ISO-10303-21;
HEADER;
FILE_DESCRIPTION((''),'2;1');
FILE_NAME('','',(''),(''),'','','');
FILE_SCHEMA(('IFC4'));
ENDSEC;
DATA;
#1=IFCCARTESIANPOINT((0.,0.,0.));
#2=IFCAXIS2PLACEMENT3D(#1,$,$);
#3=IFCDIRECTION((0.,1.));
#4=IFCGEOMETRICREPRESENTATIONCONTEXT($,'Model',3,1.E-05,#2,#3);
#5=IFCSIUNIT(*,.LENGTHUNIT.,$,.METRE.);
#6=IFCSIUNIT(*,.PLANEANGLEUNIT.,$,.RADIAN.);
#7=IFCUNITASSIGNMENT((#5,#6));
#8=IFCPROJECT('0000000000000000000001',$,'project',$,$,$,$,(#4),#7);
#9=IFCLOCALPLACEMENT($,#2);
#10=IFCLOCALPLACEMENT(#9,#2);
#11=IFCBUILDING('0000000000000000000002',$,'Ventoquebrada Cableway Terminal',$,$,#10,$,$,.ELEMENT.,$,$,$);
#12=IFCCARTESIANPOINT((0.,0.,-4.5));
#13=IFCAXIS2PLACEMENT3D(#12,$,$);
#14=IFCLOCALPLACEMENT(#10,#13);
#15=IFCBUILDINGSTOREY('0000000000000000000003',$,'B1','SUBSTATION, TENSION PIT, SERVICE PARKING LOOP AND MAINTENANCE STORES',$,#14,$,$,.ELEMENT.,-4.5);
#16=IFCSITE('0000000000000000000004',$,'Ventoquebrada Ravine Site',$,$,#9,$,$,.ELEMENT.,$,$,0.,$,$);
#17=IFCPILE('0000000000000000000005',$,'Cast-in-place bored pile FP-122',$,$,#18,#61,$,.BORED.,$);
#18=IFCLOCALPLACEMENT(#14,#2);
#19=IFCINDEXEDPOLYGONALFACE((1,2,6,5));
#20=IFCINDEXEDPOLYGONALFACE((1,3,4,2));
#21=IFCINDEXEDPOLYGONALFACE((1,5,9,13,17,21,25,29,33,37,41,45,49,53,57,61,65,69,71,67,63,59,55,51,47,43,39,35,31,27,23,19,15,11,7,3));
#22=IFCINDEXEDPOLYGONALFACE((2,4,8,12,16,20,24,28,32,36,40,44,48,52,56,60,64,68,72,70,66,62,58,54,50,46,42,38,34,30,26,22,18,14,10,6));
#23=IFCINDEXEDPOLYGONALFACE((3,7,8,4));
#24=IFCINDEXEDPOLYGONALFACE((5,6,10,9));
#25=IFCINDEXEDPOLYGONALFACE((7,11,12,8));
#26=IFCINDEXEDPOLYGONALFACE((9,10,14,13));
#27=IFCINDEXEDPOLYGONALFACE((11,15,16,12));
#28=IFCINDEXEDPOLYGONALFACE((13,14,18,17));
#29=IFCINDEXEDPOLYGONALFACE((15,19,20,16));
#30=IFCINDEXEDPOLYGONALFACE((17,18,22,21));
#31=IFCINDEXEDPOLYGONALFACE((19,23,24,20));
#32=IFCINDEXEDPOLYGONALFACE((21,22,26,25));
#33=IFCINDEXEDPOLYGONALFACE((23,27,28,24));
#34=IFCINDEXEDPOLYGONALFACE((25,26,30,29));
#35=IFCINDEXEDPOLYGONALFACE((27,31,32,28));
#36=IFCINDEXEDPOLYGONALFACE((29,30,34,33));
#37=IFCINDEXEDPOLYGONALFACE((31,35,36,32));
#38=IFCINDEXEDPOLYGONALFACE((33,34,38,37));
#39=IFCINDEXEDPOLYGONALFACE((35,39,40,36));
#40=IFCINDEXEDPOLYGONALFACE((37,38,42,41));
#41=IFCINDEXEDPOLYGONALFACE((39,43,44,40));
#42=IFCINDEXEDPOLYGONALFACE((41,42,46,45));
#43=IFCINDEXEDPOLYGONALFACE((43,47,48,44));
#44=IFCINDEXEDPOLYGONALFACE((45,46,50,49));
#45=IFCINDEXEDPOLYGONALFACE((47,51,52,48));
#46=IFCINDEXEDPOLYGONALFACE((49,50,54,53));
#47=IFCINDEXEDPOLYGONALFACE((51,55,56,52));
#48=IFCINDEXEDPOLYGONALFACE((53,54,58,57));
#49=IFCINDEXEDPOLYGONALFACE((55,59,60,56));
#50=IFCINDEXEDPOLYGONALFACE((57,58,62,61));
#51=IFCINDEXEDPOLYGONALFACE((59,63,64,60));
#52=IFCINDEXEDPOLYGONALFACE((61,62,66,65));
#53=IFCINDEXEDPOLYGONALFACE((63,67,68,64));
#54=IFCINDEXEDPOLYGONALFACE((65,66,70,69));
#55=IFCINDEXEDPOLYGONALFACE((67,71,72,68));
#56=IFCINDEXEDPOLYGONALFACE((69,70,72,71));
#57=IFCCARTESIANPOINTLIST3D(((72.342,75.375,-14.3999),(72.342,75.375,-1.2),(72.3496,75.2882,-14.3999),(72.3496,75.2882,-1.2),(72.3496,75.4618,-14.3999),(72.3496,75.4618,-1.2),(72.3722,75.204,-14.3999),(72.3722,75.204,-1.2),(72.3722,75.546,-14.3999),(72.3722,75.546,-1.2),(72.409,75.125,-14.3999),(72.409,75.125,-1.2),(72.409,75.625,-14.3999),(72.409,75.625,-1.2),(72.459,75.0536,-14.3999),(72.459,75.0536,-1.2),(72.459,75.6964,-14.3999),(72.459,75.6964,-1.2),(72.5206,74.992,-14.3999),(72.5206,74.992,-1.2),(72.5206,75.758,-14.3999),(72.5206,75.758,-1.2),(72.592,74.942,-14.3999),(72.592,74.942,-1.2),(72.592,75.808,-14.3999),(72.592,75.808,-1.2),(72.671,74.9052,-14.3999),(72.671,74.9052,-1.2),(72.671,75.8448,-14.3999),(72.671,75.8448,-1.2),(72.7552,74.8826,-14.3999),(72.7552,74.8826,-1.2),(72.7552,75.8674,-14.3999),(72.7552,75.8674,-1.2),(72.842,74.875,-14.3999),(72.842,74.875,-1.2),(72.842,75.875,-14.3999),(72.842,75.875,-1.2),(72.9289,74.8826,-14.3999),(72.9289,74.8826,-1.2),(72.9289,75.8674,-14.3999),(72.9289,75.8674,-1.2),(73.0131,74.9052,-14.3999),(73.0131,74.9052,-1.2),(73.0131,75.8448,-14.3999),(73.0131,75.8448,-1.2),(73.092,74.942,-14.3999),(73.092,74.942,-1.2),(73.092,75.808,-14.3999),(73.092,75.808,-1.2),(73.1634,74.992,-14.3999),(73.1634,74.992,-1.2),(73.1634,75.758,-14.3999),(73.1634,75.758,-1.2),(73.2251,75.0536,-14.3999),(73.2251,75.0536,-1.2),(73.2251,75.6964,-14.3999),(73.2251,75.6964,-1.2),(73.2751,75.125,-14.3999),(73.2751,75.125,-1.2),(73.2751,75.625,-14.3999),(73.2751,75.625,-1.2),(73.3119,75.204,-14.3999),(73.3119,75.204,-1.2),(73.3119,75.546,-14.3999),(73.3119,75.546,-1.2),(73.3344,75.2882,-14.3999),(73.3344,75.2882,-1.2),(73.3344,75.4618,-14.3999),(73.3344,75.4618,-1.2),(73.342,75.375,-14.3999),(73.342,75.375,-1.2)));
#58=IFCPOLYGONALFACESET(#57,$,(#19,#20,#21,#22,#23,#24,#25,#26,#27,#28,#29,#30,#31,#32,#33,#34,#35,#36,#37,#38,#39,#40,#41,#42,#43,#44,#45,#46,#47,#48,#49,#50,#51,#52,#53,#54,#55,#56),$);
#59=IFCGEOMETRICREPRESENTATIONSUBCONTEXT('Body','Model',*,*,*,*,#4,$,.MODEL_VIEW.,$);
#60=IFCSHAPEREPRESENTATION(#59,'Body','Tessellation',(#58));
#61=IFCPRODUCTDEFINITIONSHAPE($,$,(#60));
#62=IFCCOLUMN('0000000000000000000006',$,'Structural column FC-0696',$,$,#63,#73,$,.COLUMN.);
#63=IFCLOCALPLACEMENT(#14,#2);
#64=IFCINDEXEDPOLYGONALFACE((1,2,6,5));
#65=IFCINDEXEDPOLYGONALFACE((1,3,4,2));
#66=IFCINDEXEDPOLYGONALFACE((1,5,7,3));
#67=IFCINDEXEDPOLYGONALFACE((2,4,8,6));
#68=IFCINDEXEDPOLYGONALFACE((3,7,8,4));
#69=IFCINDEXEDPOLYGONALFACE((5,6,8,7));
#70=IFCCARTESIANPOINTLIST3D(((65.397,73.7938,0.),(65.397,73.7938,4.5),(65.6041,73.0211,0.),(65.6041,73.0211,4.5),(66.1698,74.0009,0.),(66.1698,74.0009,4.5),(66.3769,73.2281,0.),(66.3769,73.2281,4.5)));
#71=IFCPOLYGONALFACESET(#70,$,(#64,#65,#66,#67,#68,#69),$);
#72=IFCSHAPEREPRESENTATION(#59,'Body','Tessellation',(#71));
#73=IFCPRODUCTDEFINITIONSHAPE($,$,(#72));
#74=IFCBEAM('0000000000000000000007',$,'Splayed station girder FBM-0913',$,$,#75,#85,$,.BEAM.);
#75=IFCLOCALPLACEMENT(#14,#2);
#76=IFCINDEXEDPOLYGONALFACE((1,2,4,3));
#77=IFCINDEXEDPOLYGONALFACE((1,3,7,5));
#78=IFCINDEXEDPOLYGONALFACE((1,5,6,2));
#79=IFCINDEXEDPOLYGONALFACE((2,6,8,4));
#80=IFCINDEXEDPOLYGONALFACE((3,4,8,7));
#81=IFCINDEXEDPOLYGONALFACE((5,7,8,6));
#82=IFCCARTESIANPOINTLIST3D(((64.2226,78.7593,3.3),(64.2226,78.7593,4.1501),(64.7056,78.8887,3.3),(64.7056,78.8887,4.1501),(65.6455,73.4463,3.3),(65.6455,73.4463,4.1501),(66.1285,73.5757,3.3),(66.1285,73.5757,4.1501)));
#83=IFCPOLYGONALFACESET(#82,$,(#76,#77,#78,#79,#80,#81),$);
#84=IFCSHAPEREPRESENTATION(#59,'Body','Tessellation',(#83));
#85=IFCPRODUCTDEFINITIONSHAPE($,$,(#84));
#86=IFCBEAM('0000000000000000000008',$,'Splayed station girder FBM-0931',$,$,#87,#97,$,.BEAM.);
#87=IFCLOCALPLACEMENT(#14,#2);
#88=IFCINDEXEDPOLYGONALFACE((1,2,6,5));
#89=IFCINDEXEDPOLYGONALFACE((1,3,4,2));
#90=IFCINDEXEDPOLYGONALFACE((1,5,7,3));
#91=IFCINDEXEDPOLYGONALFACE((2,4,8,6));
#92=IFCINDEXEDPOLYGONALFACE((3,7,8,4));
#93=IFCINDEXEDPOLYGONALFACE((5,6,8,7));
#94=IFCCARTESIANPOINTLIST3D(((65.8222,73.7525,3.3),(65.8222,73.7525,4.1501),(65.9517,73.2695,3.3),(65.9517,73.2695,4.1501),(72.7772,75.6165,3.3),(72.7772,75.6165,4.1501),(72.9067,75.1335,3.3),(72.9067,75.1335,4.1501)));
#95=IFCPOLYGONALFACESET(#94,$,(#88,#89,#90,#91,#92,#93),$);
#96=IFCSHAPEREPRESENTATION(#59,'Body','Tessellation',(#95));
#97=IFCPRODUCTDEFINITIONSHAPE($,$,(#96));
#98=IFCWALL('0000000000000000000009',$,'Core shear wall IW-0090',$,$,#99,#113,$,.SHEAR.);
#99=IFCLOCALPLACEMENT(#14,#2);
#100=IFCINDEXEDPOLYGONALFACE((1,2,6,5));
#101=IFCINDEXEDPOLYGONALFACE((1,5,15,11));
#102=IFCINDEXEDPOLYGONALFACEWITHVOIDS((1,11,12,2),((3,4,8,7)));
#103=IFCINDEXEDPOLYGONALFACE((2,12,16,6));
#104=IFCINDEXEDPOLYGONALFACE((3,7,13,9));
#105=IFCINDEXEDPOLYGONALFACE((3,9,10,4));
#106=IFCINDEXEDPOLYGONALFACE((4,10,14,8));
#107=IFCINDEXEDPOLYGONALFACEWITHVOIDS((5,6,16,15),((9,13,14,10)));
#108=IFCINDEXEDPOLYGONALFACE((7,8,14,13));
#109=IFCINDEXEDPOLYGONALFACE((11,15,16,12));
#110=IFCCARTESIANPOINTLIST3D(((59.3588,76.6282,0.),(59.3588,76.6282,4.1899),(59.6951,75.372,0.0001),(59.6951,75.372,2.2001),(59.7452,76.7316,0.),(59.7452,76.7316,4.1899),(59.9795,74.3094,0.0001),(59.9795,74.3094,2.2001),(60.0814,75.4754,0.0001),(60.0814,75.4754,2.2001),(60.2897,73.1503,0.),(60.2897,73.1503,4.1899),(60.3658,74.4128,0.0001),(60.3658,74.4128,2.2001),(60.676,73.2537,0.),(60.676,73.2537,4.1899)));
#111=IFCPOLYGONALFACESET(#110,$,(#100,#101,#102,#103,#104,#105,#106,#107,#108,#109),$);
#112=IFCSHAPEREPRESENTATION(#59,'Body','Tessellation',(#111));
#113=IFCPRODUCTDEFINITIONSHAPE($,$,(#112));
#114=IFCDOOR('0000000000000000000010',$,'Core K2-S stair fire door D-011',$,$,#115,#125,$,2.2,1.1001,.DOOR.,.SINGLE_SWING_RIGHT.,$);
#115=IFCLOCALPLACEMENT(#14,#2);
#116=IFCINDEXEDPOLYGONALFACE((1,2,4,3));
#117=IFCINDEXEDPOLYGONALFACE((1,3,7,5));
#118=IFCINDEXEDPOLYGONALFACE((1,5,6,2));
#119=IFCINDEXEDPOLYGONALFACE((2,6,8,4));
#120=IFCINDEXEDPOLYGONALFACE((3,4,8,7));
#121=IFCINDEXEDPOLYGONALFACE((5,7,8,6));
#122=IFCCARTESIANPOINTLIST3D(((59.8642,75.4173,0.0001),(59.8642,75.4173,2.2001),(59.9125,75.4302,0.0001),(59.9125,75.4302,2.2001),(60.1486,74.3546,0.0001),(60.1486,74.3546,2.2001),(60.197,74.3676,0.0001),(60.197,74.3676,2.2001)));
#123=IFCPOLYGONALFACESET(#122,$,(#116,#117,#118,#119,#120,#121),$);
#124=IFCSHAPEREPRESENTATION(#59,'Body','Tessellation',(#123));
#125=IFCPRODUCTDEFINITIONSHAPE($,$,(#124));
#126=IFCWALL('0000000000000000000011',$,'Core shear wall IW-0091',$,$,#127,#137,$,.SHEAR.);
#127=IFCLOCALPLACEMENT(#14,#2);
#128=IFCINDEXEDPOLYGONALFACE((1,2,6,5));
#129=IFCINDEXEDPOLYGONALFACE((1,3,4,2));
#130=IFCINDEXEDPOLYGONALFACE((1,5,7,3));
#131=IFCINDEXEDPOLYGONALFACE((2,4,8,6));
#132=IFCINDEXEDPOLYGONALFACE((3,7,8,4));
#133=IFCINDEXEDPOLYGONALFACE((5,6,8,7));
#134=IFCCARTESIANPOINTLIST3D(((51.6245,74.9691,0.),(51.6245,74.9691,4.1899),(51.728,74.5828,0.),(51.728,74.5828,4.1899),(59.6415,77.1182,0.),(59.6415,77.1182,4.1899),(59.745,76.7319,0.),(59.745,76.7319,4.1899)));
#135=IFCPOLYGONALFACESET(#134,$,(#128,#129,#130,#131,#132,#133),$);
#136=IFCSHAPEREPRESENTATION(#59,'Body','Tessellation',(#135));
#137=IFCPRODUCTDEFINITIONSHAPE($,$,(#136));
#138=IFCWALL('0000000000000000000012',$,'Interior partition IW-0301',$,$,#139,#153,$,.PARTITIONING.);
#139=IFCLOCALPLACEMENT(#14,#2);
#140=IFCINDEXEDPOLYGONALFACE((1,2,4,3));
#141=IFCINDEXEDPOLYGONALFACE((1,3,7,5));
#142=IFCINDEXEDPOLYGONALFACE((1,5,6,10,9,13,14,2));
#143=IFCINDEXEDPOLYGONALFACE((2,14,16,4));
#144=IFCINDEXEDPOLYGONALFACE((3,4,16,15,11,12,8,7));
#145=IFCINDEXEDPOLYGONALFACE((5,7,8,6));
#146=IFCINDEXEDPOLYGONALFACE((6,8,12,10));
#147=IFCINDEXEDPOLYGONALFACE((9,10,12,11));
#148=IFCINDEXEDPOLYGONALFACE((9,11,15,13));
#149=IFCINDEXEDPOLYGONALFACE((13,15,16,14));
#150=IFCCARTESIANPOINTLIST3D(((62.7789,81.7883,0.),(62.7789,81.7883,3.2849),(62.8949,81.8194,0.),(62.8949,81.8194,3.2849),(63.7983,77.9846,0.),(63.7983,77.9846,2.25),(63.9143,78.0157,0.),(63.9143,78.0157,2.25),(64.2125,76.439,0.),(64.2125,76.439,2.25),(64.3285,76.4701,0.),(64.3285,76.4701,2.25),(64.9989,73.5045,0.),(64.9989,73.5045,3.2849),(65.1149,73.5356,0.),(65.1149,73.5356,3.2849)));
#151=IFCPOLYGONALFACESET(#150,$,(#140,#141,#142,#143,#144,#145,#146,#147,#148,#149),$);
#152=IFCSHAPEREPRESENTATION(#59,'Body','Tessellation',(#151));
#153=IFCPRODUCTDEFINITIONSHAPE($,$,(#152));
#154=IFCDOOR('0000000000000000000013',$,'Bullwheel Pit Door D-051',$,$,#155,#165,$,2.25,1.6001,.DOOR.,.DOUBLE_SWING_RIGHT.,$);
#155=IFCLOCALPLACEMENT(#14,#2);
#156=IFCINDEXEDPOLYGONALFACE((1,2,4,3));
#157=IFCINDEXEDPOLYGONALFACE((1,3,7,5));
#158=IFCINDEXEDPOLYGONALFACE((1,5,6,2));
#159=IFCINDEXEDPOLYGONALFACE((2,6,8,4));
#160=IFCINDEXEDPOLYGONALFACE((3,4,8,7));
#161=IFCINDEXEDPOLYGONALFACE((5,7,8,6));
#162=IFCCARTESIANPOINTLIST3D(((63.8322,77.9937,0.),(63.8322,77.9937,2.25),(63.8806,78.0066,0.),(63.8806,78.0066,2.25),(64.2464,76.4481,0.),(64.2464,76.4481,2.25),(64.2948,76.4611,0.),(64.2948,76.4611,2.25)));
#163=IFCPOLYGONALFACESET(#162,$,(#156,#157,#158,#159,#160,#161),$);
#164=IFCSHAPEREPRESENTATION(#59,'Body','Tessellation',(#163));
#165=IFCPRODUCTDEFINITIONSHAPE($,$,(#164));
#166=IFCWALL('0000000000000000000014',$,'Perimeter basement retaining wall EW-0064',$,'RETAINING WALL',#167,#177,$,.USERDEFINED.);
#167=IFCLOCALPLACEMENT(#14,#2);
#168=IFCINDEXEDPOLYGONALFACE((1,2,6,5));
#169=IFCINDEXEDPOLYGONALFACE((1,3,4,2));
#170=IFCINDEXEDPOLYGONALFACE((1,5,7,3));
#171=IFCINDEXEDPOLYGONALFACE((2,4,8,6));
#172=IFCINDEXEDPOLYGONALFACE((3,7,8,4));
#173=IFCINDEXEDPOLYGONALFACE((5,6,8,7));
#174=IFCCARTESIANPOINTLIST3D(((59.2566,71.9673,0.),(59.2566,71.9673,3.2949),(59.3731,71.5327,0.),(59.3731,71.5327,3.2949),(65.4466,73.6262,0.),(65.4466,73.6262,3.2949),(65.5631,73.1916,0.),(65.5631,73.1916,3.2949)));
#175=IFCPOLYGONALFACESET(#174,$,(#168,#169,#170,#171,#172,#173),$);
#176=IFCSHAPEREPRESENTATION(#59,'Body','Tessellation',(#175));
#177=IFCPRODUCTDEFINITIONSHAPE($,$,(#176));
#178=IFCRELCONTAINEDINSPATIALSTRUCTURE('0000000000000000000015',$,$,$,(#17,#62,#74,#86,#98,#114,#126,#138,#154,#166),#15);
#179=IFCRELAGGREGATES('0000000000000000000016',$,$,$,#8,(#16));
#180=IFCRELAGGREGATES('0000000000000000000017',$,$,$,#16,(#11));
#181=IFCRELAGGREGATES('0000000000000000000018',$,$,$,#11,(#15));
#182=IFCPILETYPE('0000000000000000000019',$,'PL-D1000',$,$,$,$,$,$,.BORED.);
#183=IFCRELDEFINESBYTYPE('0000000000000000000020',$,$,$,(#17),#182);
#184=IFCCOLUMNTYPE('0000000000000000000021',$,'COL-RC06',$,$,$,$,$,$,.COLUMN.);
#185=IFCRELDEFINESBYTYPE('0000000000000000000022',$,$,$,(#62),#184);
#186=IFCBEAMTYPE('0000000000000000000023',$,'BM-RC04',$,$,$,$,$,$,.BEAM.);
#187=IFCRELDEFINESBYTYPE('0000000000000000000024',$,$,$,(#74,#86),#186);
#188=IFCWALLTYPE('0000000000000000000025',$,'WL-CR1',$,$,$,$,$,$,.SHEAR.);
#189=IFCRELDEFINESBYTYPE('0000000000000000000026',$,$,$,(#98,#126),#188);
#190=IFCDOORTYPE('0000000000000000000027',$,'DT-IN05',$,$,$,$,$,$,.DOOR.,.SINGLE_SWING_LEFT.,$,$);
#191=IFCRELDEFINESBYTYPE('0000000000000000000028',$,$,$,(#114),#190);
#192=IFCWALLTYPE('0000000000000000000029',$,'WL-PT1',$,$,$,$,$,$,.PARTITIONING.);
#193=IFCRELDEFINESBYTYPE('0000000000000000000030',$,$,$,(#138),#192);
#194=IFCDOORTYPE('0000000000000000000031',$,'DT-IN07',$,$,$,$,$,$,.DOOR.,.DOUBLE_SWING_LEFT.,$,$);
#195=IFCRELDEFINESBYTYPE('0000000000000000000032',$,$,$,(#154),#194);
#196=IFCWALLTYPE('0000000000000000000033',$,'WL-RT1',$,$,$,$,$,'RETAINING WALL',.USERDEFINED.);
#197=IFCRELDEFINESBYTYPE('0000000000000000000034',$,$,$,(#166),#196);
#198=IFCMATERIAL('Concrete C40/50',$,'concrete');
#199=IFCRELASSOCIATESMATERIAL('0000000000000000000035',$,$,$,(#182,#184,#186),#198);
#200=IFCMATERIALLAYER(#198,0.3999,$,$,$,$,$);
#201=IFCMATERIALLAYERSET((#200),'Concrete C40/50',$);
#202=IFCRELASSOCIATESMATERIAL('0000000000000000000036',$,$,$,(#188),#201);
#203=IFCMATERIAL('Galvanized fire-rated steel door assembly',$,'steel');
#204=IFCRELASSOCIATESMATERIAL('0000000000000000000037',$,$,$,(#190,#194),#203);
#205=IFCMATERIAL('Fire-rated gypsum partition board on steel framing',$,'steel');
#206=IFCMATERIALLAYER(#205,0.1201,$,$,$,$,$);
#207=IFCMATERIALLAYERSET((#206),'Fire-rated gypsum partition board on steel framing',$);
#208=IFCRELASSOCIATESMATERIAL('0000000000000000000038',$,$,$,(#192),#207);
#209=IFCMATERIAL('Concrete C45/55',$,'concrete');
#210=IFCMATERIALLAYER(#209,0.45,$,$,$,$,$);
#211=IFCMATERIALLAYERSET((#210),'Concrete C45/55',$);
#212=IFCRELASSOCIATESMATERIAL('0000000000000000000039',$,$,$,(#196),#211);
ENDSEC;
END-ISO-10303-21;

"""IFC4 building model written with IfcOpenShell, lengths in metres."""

from ifc_helpers import new_model, si_unit, direction, frame, frame_2d, origin, origin_2d, place, context, subcontext, project, spatial, rectangle, circle, extrude, material, layer, layer_set, material_profile, profile_set, type_object, element, fill, save


model = new_model("IFC4")

# Units and contexts
model_context = context("Model", 3, precision=1e-05, world=origin(), true_north=direction((0.0, 1.0)))
body_context = subcontext(model_context, "Body", "Model", "MODEL_VIEW")
ifc_project = project(units=[si_unit("LENGTHUNIT", "METRE"), si_unit("PLANEANGLEUNIT", "RADIAN")], contexts=[model_context])

# Site, building, storey
site_placement = place(None, origin())
site = spatial("IfcSite", under=ifc_project, at=site_placement, Name="Ventoquebrada Ravine Site", CompositionType="ELEMENT", RefElevation=0.0)
building_placement = place(site_placement, origin())
building = spatial("IfcBuilding", under=site, at=building_placement, Name="Ventoquebrada Cableway Terminal", CompositionType="ELEMENT")
storey_placement = place(building_placement, frame((0.0, 0.0, -4.5)))
storey = spatial("IfcBuildingStorey", under=building, at=storey_placement, Name="B1", Description="SUBSTATION, TENSION PIT, SERVICE PARKING LOOP AND MAINTENANCE STORES", CompositionType="ELEMENT", Elevation=-4.5)

# Shared definitions
ifc_material_1 = material(Name="Concrete C40/50", Category="concrete")

# Pile
ifc_material_profile_1 = material_profile(ifc_material_1, circle(Radius=0.5, at=origin_2d()), Name="PILE-D1000")
ifc_profile_set_1 = profile_set([ifc_material_profile_1], Name="Concrete C40/50")
pile_type = type_object("IfcPileType", Name="PL-D1000", PredefinedType="BORED", material=ifc_profile_set_1)
pile_1_placement = place(storey_placement, frame((72.842, 75.375, -1.2), z_axis=(0.0, 0.0, -1.0), x_axis=(1.0, 0.0, 0.0)))
element("IfcPile", 1, at=pile_1_placement, inside=storey, type_object=pile_type, Name="Cast-in-place bored pile FP-122", PredefinedType="BORED", context=body_context, shape_type="SweptSolid", body=[
    extrude(circle(Radius=0.5, at=origin_2d()), origin(), (0.0, 0.0, 1.0), 13.2),
])

# Column
ifc_material_profile_2 = material_profile(ifc_material_1, rectangle(XDim=0.8, YDim=0.8, at=origin_2d()), Name="RC-COL-800X800")
ifc_profile_set_2 = profile_set([ifc_material_profile_2], Name="Concrete C40/50")
column_type = type_object("IfcColumnType", Name="COL-RC06", PredefinedType="COLUMN", material=ifc_profile_set_2)
column_placement = place(storey_placement, frame((65.887, 73.511, 0.0), z_axis=(0.0, 0.0, 1.0), x_axis=(0.965926, 0.258819, 0.0)))
element("IfcColumn", 2, at=column_placement, inside=storey, type_object=column_type, Name="Structural column FC-0696", PredefinedType="COLUMN", context=body_context, shape_type="SweptSolid", body=[
    extrude(rectangle(XDim=0.8, YDim=0.8, at=origin_2d()), origin(), (0.0, 0.0, 1.0), 4.5),
])

# Beams
ifc_material_profile_3 = material_profile(ifc_material_1, rectangle(XDim=0.5, YDim=0.8501, at=origin_2d()), Name="RC-BM-500X850")
ifc_profile_set_3 = profile_set([ifc_material_profile_3], Name="Concrete C40/50")
beam_type = type_object("IfcBeamType", Name="BM-RC04", PredefinedType="BEAM", material=ifc_profile_set_3)
beam_1_placement = place(storey_placement, frame((65.887, 73.511, 3.7251), z_axis=(-0.25869, 0.96596, 0.0), x_axis=(-0.96596, -0.25869, 0.0)))
element("IfcBeam", 3, at=beam_1_placement, inside=storey, type_object=beam_type, Name="Splayed station girder FBM-0913", PredefinedType="BEAM", context=body_context, shape_type="SweptSolid", body=[
    extrude(rectangle(XDim=0.5, YDim=0.8501, at=origin_2d()), origin(), (0.0, 0.0, 1.0), 5.5002),
])
beam_2_placement = place(storey_placement, frame((65.887, 73.511, 3.7251), z_axis=(0.965912, 0.258872, 0.0), x_axis=(-0.258872, 0.965912, 0.0)))
element("IfcBeam", 4, at=beam_2_placement, inside=storey, type_object=beam_type, Name="Splayed station girder FBM-0931", PredefinedType="BEAM", context=body_context, shape_type="SweptSolid", body=[
    extrude(rectangle(XDim=0.5, YDim=0.8501, at=origin_2d()), origin(), (0.0, 0.0, 1.0), 7.2004),
])

# Wall, opening, door
ifc_layer_1 = layer(ifc_material_1, 0.3999)
ifc_layer_set_1 = layer_set([ifc_layer_1], Name="Concrete C40/50")
wall_type_1 = type_object("IfcWallType", Name="WL-CR1", PredefinedType="SHEAR", material=ifc_layer_set_1)
wall_1_placement = place(storey_placement, frame((60.4829, 73.2019, 0.0), z_axis=(0.0, 0.0, 1.0), x_axis=(-0.258553, 0.965997, 0.0)))
wall_1 = element("IfcWall", 5, at=wall_1_placement, inside=storey, type_object=wall_type_1, Name="Core shear wall IW-0090", PredefinedType="SHEAR", context=body_context, shape_type="SweptSolid", body=[
    extrude(rectangle(XDim=3.6003, YDim=0.3999, at=frame_2d((1.8003, 0.0))), origin(), (0.0, 0.0, 1.0), 4.1899),
])
opening_1_placement = place(wall_1_placement, frame((1.2, 0.0, 0.0)))
opening_1 = element("IfcOpeningElement", 6, at=opening_1_placement, cuts=wall_1, PredefinedType="OPENING", context=body_context, shape_type="SweptSolid", body=[
    extrude(rectangle(XDim=1.1001, YDim=2.2, at=frame_2d((0.55, 1.1001))), frame((0.0, 0.21, 0.0), z_axis=(0.0, -1.0, 0.0), x_axis=(1.0, 0.0, 0.0)), (0.0, 0.0, 1.0), 0.4199),
])
ifc_material_2 = material(Name="Galvanized fire-rated steel door assembly", Category="steel")
door_type_1 = type_object("IfcDoorType", Name="DT-IN05", OperationType="SINGLE_SWING_LEFT", PredefinedType="DOOR", material=ifc_material_2)
door_1_placement = place(opening_1_placement, origin())
door_1 = element("IfcDoor", 7, at=door_1_placement, inside=storey, type_object=door_type_1, Name="Core K2-S stair fire door D-011", OperationType="SINGLE_SWING_RIGHT", OverallHeight=2.2, OverallWidth=1.1001, PredefinedType="DOOR", context=body_context, shape_type="SweptSolid", body=[
    extrude(rectangle(XDim=1.1001, YDim=2.2, at=frame_2d((0.55, 1.1001))), frame((0.0, 0.0249, 0.0), z_axis=(0.0, -1.0, 0.0), x_axis=(1.0, 0.0, 0.0)), (0.0, 0.0, 1.0), 0.05),
])
fill(opening_1, door_1)

# Wall
wall_2_placement = place(storey_placement, frame((59.6931, 76.925, 0.0), z_axis=(0.0, 0.0, 1.0), x_axis=(-0.965896, -0.258931, 0.0)))
element("IfcWall", 8, at=wall_2_placement, inside=storey, type_object=wall_type_1, Name="Core shear wall IW-0091", PredefinedType="SHEAR", context=body_context, shape_type="SweptSolid", body=[
    extrude(rectangle(XDim=8.3, YDim=0.3999, at=frame_2d((4.1499, 0.0))), origin(), (0.0, 0.0, 1.0), 4.1899),
])

# Wall, opening, door
ifc_material_3 = material(Name="Fire-rated gypsum partition board on steel framing", Category="steel")
ifc_layer_2 = layer(ifc_material_3, 0.1201)
ifc_layer_set_2 = layer_set([ifc_layer_2], Name="Fire-rated gypsum partition board on steel framing")
wall_type_2 = type_object("IfcWallType", Name="WL-PT1", PredefinedType="PARTITIONING", material=ifc_layer_set_2)
wall_3_placement = place(storey_placement, frame((65.0569, 73.52, 0.0), z_axis=(0.0, 0.0, 1.0), x_axis=(-0.258851, 0.965917, 0.0)))
wall_3 = element("IfcWall", 9, at=wall_3_placement, inside=storey, type_object=wall_type_2, Name="Interior partition IW-0301", PredefinedType="PARTITIONING", context=body_context, shape_type="SweptSolid", body=[
    extrude(rectangle(XDim=8.5762, YDim=0.1201, at=frame_2d((4.2881, 0.0))), origin(), (0.0, 0.0, 1.0), 3.2849),
])
opening_2_placement = place(wall_3_placement, frame((3.0381, 0.0, 0.0)))
opening_2 = element("IfcOpeningElement", 10, at=opening_2_placement, cuts=wall_3, PredefinedType="OPENING", context=body_context, shape_type="SweptSolid", body=[
    extrude(rectangle(XDim=1.6001, YDim=2.25, at=frame_2d((0.8, 1.125))), frame((0.0, 0.0701, 0.0), z_axis=(0.0, -1.0, 0.0), x_axis=(1.0, 0.0, 0.0)), (0.0, 0.0, 1.0), 0.1401),
])
door_type_2 = type_object("IfcDoorType", Name="DT-IN07", OperationType="DOUBLE_SWING_LEFT", PredefinedType="DOOR", material=ifc_material_2)
door_2_placement = place(opening_2_placement, origin())
door_2 = element("IfcDoor", 11, at=door_2_placement, inside=storey, type_object=door_type_2, Name="Bullwheel Pit Door D-051", OperationType="DOUBLE_SWING_RIGHT", OverallHeight=2.25, OverallWidth=1.6001, PredefinedType="DOOR", context=body_context, shape_type="SweptSolid", body=[
    extrude(rectangle(XDim=1.6001, YDim=2.25, at=frame_2d((0.8, 1.125))), frame((0.0, 0.0249, 0.0), z_axis=(0.0, -1.0, 0.0), x_axis=(1.0, 0.0, 0.0)), (0.0, 0.0, 1.0), 0.05),
])
fill(opening_2, door_2)

# Wall
ifc_material_4 = material(Name="Concrete C45/55", Category="concrete")
ifc_layer_3 = layer(ifc_material_4, 0.45)
ifc_layer_set_3 = layer_set([ifc_layer_3], Name="Concrete C45/55")
wall_type_3 = type_object("IfcWallType", Name="WL-RT1", ElementType="RETAINING WALL", PredefinedType="USERDEFINED", material=ifc_layer_set_3)
wall_4_placement = place(storey_placement, frame((59.3149, 71.75, 0.0), z_axis=(0.0, 0.0, 1.0), x_axis=(0.965912, 0.258869, 0.0)))
element("IfcWall", 12, at=wall_4_placement, inside=storey, type_object=wall_type_3, Name="Perimeter basement retaining wall EW-0064", ObjectType="RETAINING WALL", PredefinedType="USERDEFINED", context=body_context, shape_type="SweptSolid", body=[
    extrude(rectangle(XDim=6.4084, YDim=0.45, at=frame_2d((3.2041, 0.0))), origin(), (0.0, 0.0, 1.0), 3.2949),
])

save(model, "model.ifc")
